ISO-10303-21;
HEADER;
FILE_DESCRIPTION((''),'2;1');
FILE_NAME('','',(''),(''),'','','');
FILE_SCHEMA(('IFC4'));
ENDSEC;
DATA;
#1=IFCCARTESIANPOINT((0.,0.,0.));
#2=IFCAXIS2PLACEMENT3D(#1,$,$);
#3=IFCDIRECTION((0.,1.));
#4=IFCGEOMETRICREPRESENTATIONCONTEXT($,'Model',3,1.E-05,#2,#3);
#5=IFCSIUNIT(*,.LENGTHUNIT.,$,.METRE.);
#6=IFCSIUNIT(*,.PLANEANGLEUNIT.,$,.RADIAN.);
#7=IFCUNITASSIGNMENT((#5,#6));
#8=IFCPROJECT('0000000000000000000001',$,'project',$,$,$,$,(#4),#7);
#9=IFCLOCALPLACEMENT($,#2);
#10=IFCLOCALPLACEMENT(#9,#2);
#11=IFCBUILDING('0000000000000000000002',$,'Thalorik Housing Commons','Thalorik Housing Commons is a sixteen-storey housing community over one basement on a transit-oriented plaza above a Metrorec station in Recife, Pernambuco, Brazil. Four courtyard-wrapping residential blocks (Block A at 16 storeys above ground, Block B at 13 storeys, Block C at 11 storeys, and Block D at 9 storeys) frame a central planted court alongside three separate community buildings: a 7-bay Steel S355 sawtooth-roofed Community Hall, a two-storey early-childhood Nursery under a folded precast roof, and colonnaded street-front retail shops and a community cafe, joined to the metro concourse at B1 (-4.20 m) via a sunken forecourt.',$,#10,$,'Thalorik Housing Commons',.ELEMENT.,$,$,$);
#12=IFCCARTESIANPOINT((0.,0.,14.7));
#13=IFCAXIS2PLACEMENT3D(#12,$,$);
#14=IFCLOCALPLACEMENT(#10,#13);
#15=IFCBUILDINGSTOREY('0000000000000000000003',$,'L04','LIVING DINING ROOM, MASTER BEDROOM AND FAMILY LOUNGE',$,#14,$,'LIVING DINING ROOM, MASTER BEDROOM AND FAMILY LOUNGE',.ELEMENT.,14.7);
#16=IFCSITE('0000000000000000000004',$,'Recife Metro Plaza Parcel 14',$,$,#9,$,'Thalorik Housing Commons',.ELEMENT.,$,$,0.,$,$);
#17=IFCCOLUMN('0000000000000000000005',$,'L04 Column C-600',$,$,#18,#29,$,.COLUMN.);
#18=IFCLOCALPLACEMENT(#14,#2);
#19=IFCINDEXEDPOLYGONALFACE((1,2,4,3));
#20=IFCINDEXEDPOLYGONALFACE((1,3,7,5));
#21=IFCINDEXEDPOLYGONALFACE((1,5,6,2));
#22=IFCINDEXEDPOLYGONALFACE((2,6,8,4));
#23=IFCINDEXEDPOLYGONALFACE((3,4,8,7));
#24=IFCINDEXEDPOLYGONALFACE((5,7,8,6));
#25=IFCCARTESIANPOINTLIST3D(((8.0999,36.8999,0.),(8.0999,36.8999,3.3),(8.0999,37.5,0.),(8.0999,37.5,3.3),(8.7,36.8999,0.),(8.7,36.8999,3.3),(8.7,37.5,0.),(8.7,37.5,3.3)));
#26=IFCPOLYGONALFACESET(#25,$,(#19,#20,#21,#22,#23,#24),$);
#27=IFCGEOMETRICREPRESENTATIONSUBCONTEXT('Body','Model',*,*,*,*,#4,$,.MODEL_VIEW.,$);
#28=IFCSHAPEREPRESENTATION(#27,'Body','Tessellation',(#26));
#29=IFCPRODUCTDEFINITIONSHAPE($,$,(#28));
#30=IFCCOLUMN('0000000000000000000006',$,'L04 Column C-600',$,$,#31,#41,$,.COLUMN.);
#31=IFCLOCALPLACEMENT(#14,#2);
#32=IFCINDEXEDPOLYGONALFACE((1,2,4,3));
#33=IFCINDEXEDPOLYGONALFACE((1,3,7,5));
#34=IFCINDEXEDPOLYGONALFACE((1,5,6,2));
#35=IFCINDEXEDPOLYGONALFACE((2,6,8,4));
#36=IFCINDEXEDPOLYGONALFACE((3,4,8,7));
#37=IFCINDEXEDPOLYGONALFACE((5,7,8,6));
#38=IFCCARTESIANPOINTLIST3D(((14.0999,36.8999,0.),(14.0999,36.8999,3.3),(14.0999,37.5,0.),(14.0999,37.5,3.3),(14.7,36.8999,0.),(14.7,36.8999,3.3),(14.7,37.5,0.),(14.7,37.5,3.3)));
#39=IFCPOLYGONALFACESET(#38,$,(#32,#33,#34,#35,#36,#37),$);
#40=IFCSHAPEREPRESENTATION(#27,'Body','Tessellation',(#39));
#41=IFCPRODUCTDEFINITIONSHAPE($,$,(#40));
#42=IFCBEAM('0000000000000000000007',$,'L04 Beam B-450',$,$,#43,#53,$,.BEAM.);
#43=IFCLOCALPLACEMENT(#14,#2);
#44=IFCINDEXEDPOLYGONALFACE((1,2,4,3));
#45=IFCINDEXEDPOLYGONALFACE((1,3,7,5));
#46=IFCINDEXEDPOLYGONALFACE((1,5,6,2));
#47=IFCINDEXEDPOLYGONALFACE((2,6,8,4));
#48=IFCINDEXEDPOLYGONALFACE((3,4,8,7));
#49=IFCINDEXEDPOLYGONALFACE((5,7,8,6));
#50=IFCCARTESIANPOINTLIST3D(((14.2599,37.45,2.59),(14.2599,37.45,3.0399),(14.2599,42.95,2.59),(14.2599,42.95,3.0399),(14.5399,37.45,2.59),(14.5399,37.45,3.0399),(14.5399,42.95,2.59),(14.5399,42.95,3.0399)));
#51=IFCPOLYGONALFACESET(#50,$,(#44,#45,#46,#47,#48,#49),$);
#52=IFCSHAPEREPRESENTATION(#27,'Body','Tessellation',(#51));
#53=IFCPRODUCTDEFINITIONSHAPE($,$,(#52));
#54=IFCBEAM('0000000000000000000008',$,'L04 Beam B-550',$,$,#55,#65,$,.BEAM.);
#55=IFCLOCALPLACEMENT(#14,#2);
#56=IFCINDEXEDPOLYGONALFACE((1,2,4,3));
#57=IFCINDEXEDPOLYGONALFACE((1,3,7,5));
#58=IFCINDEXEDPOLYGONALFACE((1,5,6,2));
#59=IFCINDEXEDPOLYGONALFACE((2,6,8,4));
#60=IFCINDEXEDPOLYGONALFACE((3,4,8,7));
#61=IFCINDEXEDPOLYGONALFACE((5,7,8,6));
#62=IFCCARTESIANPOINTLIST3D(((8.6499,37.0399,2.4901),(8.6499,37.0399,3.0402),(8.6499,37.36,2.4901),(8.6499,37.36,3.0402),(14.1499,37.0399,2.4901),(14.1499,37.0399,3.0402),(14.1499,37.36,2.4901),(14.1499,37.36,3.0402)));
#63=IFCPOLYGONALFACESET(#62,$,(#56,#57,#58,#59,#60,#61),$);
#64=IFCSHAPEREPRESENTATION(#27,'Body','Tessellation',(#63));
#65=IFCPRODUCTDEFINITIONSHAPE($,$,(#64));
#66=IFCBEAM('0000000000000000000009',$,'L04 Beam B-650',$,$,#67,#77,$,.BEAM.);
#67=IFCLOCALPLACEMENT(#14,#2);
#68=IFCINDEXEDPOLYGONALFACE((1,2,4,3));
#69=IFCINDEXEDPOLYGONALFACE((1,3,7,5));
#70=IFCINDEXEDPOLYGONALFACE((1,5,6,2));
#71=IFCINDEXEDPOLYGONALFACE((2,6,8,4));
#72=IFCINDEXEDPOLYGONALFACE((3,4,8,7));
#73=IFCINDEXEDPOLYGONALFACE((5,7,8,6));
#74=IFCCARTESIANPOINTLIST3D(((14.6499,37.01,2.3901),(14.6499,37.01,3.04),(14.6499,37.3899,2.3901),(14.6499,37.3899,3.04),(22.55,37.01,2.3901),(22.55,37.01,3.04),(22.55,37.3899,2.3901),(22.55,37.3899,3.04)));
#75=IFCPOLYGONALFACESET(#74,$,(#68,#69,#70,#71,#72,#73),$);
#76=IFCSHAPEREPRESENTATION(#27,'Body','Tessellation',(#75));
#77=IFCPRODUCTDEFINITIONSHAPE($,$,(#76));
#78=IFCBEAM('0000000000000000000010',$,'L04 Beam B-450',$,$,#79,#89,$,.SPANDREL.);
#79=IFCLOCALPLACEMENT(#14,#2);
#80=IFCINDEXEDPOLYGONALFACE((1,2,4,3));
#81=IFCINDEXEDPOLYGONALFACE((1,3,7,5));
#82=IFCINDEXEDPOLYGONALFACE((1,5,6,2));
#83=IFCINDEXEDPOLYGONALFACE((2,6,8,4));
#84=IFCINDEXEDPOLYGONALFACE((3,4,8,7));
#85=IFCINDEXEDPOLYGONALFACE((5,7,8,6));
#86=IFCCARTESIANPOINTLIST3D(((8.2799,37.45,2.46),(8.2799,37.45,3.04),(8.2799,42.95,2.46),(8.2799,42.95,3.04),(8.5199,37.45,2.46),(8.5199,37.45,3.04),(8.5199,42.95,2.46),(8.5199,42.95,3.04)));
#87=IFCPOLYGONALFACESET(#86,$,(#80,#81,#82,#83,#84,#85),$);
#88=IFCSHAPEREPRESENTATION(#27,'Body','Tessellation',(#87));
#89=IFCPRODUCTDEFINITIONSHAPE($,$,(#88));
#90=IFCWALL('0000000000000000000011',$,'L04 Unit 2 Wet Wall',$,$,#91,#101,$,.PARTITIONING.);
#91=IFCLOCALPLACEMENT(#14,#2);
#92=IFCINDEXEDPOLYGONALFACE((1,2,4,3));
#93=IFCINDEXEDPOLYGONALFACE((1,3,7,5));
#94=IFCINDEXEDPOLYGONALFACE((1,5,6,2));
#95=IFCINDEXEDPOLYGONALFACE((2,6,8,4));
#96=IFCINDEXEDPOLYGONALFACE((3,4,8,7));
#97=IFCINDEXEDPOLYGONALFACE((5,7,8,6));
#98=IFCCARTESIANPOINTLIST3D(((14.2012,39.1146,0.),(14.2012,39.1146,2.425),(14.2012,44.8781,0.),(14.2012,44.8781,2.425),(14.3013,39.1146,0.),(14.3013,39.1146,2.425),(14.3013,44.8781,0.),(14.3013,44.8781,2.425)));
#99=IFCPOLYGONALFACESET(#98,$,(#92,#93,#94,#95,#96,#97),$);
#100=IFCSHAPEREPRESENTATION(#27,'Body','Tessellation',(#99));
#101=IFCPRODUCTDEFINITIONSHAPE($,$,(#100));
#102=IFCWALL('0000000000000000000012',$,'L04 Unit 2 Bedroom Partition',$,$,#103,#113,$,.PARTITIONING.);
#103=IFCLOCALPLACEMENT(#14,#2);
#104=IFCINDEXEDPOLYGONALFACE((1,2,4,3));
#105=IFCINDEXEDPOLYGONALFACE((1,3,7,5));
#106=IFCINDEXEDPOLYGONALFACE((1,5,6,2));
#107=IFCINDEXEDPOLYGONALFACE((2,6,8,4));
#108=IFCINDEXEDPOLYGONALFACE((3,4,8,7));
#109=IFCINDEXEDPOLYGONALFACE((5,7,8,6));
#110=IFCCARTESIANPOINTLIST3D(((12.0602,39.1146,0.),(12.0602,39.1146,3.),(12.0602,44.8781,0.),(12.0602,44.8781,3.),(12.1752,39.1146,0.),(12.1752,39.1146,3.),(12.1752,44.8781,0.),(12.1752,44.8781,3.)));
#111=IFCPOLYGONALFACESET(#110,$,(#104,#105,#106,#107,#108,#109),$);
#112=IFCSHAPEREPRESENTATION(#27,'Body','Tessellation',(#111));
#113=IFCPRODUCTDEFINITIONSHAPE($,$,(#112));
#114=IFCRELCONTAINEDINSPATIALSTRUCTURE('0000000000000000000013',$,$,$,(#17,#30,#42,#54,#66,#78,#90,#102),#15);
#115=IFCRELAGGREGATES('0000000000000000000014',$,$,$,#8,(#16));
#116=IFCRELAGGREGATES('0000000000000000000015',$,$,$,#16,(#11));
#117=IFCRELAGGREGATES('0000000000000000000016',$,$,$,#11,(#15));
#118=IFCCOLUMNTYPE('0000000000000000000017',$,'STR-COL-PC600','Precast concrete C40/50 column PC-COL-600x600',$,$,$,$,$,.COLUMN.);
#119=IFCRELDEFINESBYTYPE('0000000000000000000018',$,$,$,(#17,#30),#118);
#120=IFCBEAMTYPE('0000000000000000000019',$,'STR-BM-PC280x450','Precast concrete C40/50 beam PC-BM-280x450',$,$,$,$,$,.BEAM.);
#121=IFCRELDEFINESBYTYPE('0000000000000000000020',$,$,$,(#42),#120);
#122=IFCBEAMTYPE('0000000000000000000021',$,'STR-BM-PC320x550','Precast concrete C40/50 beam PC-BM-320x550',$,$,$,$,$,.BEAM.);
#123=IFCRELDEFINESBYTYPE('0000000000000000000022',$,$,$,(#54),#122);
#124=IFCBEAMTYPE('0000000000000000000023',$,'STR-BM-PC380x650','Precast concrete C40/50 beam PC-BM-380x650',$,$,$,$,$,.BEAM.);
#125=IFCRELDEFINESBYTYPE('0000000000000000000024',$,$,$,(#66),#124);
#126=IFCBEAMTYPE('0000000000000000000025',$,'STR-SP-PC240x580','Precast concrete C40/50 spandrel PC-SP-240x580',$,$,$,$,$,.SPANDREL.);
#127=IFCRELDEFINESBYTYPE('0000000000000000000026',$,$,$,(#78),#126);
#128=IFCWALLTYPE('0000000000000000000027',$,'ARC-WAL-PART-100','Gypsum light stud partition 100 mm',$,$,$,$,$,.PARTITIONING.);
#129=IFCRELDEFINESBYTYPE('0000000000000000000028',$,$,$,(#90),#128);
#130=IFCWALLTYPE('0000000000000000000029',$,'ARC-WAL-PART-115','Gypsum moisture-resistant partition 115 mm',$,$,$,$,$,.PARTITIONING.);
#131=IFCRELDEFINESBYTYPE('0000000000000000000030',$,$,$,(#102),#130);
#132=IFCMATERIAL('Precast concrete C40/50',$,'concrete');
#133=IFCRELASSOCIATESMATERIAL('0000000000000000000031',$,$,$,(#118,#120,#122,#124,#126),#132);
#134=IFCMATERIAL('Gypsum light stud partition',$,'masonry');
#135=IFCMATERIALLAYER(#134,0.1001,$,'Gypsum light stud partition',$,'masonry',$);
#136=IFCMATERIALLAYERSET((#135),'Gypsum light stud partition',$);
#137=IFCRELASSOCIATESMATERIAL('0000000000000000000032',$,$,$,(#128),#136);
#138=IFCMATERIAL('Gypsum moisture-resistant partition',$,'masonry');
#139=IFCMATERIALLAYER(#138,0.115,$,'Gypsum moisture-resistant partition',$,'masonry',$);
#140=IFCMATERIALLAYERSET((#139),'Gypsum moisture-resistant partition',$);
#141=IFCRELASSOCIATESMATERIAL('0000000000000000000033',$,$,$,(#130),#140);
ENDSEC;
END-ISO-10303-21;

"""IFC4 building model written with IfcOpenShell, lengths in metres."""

from ifc_helpers import new_model, si_unit, direction, frame, frame_2d, origin, origin_2d, place, context, subcontext, project, spatial, rectangle, extrude, material, layer, layer_set, material_profile, profile_set, type_object, element, save


model = new_model("IFC4")

# Units and contexts
model_context = context("Model", 3, precision=1e-05, world=origin(), true_north=direction((0.0, 1.0)))
body_context = subcontext(model_context, "Body", "Model", "MODEL_VIEW")
ifc_project = project(units=[si_unit("LENGTHUNIT", "METRE"), si_unit("PLANEANGLEUNIT", "RADIAN")], contexts=[model_context])

# Site, building, storey
site_placement = place(None, origin())
site = spatial("IfcSite", under=ifc_project, at=site_placement, Name="Recife Metro Plaza Parcel 14", LongName="Thalorik Housing Commons", CompositionType="ELEMENT", RefElevation=0.0)
building_placement = place(site_placement, origin())
building = spatial("IfcBuilding", under=site, at=building_placement, Name="Thalorik Housing Commons", Description="Thalorik Housing Commons is a sixteen-storey housing community over one basement on a transit-oriented plaza above a Metrorec station in Recife, Pernambuco, Brazil. Four courtyard-wrapping residential blocks (Block A at 16 storeys above ground, Block B at 13 storeys, Block C at 11 storeys, and Block D at 9 storeys) frame a central planted court alongside three separate community buildings: a 7-bay Steel S355 sawtooth-roofed Community Hall, a two-storey early-childhood Nursery under a folded precast roof, and colonnaded street-front retail shops and a community cafe, joined to the metro concourse at B1 (-4.20 m) via a sunken forecourt.", LongName="Thalorik Housing Commons", CompositionType="ELEMENT")
storey_placement = place(building_placement, frame((0.0, 0.0, 14.7)))
storey = spatial("IfcBuildingStorey", under=building, at=storey_placement, Name="L04", Description="LIVING DINING ROOM, MASTER BEDROOM AND FAMILY LOUNGE", LongName="LIVING DINING ROOM, MASTER BEDROOM AND FAMILY LOUNGE", CompositionType="ELEMENT", Elevation=14.7)

# Columns
ifc_material_1 = material(Name="Precast concrete C40/50", Category="concrete")
ifc_material_profile_1 = material_profile(ifc_material_1, rectangle(XDim=0.6001, YDim=0.6001, at=origin_2d()), Name="PC 600x600", Category="concrete")
ifc_profile_set_1 = profile_set([ifc_material_profile_1], Name="Precast concrete C40/50")
column_type = type_object("IfcColumnType", Name="STR-COL-PC600", Description="Precast concrete C40/50 column PC-COL-600x600", PredefinedType="COLUMN", material=ifc_profile_set_1)
for number, where, z_axis, x_axis, name in (
    (1, (8.3999, 37.2, 0.0), (0.0, 0.0, 1.0), (1.0, 0.0, 0.0), "L04 Column C-600"),
    (2, (14.3999, 37.2, 0.0), (0.0, 0.0, 1.0), (1.0, 0.0, 0.0), "L04 Column C-600"),
):
    element("IfcColumn", number, at=place(storey_placement, frame(where, z_axis=z_axis, x_axis=x_axis)), inside=storey, type_object=column_type, Name=name, PredefinedType="COLUMN", context=body_context, shape_type="SweptSolid", body=[
        extrude(rectangle(XDim=0.6001, YDim=0.6001, at=origin_2d()), origin(), (0.0, 0.0, 1.0), 3.3),
    ])

# Beams
ifc_material_profile_2 = material_profile(ifc_material_1, rectangle(XDim=0.28, YDim=0.45, at=origin_2d()), Name="PC 280x450", Category="concrete")
ifc_profile_set_2 = profile_set([ifc_material_profile_2], Name="Precast concrete C40/50")
beam_type_1 = type_object("IfcBeamType", Name="STR-BM-PC280x450", Description="Precast concrete C40/50 beam PC-BM-280x450", PredefinedType="BEAM", material=ifc_profile_set_2)
beam_1_placement = place(storey_placement, frame((14.3999, 37.45, 2.8149), z_axis=(0.0, 1.0, 0.0), x_axis=(-1.0, 0.0, 0.0)))
element("IfcBeam", 3, at=beam_1_placement, inside=storey, type_object=beam_type_1, Name="L04 Beam B-450", PredefinedType="BEAM", context=body_context, shape_type="SweptSolid", body=[
    extrude(rectangle(XDim=0.28, YDim=0.45, at=origin_2d()), origin(), (0.0, 0.0, 1.0), 5.5),
])
ifc_material_profile_3 = material_profile(ifc_material_1, rectangle(XDim=0.3201, YDim=0.55, at=origin_2d()), Name="PC 320x550", Category="concrete")
ifc_profile_set_3 = profile_set([ifc_material_profile_3], Name="Precast concrete C40/50")
beam_type_2 = type_object("IfcBeamType", Name="STR-BM-PC320x550", Description="Precast concrete C40/50 beam PC-BM-320x550", PredefinedType="BEAM", material=ifc_profile_set_3)
beam_2_placement = place(storey_placement, frame((8.6499, 37.2, 2.7651), z_axis=(1.0, 0.0, 0.0), x_axis=(0.0, 1.0, 0.0)))
element("IfcBeam", 4, at=beam_2_placement, inside=storey, type_object=beam_type_2, Name="L04 Beam B-550", PredefinedType="BEAM", context=body_context, shape_type="SweptSolid", body=[
    extrude(rectangle(XDim=0.3201, YDim=0.55, at=origin_2d()), origin(), (0.0, 0.0, 1.0), 5.5),
])
ifc_material_profile_4 = material_profile(ifc_material_1, rectangle(XDim=0.3799, YDim=0.6499, at=origin_2d()), Name="PC 380x650", Category="concrete")
ifc_profile_set_4 = profile_set([ifc_material_profile_4], Name="Precast concrete C40/50")
beam_type_3 = type_object("IfcBeamType", Name="STR-BM-PC380x650", Description="Precast concrete C40/50 beam PC-BM-380x650", PredefinedType="BEAM", material=ifc_profile_set_4)
beam_3_placement = place(storey_placement, frame((14.6499, 37.2, 2.7151), z_axis=(1.0, 0.0, 0.0), x_axis=(0.0, 1.0, 0.0)))
element("IfcBeam", 5, at=beam_3_placement, inside=storey, type_object=beam_type_3, Name="L04 Beam B-650", PredefinedType="BEAM", context=body_context, shape_type="SweptSolid", body=[
    extrude(rectangle(XDim=0.3799, YDim=0.6499, at=origin_2d()), origin(), (0.0, 0.0, 1.0), 7.9001),
])
ifc_material_profile_5 = material_profile(ifc_material_1, rectangle(XDim=0.24, YDim=0.5801, at=origin_2d()), Name="PC SP 240x580", Category="concrete")
ifc_profile_set_5 = profile_set([ifc_material_profile_5], Name="Precast concrete C40/50")
beam_type_4 = type_object("IfcBeamType", Name="STR-SP-PC240x580", Description="Precast concrete C40/50 spandrel PC-SP-240x580", PredefinedType="SPANDREL", material=ifc_profile_set_5)
beam_4_placement = place(storey_placement, frame((8.3999, 37.45, 2.75), z_axis=(0.0, 1.0, 0.0), x_axis=(-1.0, 0.0, 0.0)))
element("IfcBeam", 6, at=beam_4_placement, inside=storey, type_object=beam_type_4, Name="L04 Beam B-450", PredefinedType="SPANDREL", context=body_context, shape_type="SweptSolid", body=[
    extrude(rectangle(XDim=0.24, YDim=0.5801, at=origin_2d()), origin(), (0.0, 0.0, 1.0), 5.5),
])

# Walls
ifc_material_2 = material(Name="Gypsum light stud partition", Category="masonry")
ifc_layer_1 = layer(ifc_material_2, 0.1001, Name="Gypsum light stud partition", Category="masonry")
ifc_layer_set_1 = layer_set([ifc_layer_1], Name="Gypsum light stud partition")
wall_type_1 = type_object("IfcWallType", Name="ARC-WAL-PART-100", Description="Gypsum light stud partition 100 mm", PredefinedType="PARTITIONING", material=ifc_layer_set_1)
wall_1_placement = place(storey_placement, frame((14.2512, 39.1145, 0.0), z_axis=(0.0, 0.0, 1.0), x_axis=(0.0, 1.0, 0.0)))
element("IfcWall", 7, at=wall_1_placement, inside=storey, type_object=wall_type_1, Name="L04 Unit 2 Wet Wall", PredefinedType="PARTITIONING", context=body_context, shape_type="SweptSolid", body=[
    extrude(rectangle(XDim=5.7634, YDim=0.1001, at=frame_2d((2.8818, 0.0))), origin(), (0.0, 0.0, 1.0), 2.425),
])
ifc_material_3 = material(Name="Gypsum moisture-resistant partition", Category="masonry")
ifc_layer_2 = layer(ifc_material_3, 0.115, Name="Gypsum moisture-resistant partition", Category="masonry")
ifc_layer_set_2 = layer_set([ifc_layer_2], Name="Gypsum moisture-resistant partition")
wall_type_2 = type_object("IfcWallType", Name="ARC-WAL-PART-115", Description="Gypsum moisture-resistant partition 115 mm", PredefinedType="PARTITIONING", material=ifc_layer_set_2)
wall_2_placement = place(storey_placement, frame((12.1177, 39.1145, 0.0), z_axis=(0.0, 0.0, 1.0), x_axis=(0.0, 1.0, 0.0)))
element("IfcWall", 8, at=wall_2_placement, inside=storey, type_object=wall_type_2, Name="L04 Unit 2 Bedroom Partition", PredefinedType="PARTITIONING", context=body_context, shape_type="SweptSolid", body=[
    extrude(rectangle(XDim=5.7634, YDim=0.115, at=frame_2d((2.8818, 0.0))), origin(), (0.0, 0.0, 1.0), 3.0),
])

save(model, "model.ifc")
